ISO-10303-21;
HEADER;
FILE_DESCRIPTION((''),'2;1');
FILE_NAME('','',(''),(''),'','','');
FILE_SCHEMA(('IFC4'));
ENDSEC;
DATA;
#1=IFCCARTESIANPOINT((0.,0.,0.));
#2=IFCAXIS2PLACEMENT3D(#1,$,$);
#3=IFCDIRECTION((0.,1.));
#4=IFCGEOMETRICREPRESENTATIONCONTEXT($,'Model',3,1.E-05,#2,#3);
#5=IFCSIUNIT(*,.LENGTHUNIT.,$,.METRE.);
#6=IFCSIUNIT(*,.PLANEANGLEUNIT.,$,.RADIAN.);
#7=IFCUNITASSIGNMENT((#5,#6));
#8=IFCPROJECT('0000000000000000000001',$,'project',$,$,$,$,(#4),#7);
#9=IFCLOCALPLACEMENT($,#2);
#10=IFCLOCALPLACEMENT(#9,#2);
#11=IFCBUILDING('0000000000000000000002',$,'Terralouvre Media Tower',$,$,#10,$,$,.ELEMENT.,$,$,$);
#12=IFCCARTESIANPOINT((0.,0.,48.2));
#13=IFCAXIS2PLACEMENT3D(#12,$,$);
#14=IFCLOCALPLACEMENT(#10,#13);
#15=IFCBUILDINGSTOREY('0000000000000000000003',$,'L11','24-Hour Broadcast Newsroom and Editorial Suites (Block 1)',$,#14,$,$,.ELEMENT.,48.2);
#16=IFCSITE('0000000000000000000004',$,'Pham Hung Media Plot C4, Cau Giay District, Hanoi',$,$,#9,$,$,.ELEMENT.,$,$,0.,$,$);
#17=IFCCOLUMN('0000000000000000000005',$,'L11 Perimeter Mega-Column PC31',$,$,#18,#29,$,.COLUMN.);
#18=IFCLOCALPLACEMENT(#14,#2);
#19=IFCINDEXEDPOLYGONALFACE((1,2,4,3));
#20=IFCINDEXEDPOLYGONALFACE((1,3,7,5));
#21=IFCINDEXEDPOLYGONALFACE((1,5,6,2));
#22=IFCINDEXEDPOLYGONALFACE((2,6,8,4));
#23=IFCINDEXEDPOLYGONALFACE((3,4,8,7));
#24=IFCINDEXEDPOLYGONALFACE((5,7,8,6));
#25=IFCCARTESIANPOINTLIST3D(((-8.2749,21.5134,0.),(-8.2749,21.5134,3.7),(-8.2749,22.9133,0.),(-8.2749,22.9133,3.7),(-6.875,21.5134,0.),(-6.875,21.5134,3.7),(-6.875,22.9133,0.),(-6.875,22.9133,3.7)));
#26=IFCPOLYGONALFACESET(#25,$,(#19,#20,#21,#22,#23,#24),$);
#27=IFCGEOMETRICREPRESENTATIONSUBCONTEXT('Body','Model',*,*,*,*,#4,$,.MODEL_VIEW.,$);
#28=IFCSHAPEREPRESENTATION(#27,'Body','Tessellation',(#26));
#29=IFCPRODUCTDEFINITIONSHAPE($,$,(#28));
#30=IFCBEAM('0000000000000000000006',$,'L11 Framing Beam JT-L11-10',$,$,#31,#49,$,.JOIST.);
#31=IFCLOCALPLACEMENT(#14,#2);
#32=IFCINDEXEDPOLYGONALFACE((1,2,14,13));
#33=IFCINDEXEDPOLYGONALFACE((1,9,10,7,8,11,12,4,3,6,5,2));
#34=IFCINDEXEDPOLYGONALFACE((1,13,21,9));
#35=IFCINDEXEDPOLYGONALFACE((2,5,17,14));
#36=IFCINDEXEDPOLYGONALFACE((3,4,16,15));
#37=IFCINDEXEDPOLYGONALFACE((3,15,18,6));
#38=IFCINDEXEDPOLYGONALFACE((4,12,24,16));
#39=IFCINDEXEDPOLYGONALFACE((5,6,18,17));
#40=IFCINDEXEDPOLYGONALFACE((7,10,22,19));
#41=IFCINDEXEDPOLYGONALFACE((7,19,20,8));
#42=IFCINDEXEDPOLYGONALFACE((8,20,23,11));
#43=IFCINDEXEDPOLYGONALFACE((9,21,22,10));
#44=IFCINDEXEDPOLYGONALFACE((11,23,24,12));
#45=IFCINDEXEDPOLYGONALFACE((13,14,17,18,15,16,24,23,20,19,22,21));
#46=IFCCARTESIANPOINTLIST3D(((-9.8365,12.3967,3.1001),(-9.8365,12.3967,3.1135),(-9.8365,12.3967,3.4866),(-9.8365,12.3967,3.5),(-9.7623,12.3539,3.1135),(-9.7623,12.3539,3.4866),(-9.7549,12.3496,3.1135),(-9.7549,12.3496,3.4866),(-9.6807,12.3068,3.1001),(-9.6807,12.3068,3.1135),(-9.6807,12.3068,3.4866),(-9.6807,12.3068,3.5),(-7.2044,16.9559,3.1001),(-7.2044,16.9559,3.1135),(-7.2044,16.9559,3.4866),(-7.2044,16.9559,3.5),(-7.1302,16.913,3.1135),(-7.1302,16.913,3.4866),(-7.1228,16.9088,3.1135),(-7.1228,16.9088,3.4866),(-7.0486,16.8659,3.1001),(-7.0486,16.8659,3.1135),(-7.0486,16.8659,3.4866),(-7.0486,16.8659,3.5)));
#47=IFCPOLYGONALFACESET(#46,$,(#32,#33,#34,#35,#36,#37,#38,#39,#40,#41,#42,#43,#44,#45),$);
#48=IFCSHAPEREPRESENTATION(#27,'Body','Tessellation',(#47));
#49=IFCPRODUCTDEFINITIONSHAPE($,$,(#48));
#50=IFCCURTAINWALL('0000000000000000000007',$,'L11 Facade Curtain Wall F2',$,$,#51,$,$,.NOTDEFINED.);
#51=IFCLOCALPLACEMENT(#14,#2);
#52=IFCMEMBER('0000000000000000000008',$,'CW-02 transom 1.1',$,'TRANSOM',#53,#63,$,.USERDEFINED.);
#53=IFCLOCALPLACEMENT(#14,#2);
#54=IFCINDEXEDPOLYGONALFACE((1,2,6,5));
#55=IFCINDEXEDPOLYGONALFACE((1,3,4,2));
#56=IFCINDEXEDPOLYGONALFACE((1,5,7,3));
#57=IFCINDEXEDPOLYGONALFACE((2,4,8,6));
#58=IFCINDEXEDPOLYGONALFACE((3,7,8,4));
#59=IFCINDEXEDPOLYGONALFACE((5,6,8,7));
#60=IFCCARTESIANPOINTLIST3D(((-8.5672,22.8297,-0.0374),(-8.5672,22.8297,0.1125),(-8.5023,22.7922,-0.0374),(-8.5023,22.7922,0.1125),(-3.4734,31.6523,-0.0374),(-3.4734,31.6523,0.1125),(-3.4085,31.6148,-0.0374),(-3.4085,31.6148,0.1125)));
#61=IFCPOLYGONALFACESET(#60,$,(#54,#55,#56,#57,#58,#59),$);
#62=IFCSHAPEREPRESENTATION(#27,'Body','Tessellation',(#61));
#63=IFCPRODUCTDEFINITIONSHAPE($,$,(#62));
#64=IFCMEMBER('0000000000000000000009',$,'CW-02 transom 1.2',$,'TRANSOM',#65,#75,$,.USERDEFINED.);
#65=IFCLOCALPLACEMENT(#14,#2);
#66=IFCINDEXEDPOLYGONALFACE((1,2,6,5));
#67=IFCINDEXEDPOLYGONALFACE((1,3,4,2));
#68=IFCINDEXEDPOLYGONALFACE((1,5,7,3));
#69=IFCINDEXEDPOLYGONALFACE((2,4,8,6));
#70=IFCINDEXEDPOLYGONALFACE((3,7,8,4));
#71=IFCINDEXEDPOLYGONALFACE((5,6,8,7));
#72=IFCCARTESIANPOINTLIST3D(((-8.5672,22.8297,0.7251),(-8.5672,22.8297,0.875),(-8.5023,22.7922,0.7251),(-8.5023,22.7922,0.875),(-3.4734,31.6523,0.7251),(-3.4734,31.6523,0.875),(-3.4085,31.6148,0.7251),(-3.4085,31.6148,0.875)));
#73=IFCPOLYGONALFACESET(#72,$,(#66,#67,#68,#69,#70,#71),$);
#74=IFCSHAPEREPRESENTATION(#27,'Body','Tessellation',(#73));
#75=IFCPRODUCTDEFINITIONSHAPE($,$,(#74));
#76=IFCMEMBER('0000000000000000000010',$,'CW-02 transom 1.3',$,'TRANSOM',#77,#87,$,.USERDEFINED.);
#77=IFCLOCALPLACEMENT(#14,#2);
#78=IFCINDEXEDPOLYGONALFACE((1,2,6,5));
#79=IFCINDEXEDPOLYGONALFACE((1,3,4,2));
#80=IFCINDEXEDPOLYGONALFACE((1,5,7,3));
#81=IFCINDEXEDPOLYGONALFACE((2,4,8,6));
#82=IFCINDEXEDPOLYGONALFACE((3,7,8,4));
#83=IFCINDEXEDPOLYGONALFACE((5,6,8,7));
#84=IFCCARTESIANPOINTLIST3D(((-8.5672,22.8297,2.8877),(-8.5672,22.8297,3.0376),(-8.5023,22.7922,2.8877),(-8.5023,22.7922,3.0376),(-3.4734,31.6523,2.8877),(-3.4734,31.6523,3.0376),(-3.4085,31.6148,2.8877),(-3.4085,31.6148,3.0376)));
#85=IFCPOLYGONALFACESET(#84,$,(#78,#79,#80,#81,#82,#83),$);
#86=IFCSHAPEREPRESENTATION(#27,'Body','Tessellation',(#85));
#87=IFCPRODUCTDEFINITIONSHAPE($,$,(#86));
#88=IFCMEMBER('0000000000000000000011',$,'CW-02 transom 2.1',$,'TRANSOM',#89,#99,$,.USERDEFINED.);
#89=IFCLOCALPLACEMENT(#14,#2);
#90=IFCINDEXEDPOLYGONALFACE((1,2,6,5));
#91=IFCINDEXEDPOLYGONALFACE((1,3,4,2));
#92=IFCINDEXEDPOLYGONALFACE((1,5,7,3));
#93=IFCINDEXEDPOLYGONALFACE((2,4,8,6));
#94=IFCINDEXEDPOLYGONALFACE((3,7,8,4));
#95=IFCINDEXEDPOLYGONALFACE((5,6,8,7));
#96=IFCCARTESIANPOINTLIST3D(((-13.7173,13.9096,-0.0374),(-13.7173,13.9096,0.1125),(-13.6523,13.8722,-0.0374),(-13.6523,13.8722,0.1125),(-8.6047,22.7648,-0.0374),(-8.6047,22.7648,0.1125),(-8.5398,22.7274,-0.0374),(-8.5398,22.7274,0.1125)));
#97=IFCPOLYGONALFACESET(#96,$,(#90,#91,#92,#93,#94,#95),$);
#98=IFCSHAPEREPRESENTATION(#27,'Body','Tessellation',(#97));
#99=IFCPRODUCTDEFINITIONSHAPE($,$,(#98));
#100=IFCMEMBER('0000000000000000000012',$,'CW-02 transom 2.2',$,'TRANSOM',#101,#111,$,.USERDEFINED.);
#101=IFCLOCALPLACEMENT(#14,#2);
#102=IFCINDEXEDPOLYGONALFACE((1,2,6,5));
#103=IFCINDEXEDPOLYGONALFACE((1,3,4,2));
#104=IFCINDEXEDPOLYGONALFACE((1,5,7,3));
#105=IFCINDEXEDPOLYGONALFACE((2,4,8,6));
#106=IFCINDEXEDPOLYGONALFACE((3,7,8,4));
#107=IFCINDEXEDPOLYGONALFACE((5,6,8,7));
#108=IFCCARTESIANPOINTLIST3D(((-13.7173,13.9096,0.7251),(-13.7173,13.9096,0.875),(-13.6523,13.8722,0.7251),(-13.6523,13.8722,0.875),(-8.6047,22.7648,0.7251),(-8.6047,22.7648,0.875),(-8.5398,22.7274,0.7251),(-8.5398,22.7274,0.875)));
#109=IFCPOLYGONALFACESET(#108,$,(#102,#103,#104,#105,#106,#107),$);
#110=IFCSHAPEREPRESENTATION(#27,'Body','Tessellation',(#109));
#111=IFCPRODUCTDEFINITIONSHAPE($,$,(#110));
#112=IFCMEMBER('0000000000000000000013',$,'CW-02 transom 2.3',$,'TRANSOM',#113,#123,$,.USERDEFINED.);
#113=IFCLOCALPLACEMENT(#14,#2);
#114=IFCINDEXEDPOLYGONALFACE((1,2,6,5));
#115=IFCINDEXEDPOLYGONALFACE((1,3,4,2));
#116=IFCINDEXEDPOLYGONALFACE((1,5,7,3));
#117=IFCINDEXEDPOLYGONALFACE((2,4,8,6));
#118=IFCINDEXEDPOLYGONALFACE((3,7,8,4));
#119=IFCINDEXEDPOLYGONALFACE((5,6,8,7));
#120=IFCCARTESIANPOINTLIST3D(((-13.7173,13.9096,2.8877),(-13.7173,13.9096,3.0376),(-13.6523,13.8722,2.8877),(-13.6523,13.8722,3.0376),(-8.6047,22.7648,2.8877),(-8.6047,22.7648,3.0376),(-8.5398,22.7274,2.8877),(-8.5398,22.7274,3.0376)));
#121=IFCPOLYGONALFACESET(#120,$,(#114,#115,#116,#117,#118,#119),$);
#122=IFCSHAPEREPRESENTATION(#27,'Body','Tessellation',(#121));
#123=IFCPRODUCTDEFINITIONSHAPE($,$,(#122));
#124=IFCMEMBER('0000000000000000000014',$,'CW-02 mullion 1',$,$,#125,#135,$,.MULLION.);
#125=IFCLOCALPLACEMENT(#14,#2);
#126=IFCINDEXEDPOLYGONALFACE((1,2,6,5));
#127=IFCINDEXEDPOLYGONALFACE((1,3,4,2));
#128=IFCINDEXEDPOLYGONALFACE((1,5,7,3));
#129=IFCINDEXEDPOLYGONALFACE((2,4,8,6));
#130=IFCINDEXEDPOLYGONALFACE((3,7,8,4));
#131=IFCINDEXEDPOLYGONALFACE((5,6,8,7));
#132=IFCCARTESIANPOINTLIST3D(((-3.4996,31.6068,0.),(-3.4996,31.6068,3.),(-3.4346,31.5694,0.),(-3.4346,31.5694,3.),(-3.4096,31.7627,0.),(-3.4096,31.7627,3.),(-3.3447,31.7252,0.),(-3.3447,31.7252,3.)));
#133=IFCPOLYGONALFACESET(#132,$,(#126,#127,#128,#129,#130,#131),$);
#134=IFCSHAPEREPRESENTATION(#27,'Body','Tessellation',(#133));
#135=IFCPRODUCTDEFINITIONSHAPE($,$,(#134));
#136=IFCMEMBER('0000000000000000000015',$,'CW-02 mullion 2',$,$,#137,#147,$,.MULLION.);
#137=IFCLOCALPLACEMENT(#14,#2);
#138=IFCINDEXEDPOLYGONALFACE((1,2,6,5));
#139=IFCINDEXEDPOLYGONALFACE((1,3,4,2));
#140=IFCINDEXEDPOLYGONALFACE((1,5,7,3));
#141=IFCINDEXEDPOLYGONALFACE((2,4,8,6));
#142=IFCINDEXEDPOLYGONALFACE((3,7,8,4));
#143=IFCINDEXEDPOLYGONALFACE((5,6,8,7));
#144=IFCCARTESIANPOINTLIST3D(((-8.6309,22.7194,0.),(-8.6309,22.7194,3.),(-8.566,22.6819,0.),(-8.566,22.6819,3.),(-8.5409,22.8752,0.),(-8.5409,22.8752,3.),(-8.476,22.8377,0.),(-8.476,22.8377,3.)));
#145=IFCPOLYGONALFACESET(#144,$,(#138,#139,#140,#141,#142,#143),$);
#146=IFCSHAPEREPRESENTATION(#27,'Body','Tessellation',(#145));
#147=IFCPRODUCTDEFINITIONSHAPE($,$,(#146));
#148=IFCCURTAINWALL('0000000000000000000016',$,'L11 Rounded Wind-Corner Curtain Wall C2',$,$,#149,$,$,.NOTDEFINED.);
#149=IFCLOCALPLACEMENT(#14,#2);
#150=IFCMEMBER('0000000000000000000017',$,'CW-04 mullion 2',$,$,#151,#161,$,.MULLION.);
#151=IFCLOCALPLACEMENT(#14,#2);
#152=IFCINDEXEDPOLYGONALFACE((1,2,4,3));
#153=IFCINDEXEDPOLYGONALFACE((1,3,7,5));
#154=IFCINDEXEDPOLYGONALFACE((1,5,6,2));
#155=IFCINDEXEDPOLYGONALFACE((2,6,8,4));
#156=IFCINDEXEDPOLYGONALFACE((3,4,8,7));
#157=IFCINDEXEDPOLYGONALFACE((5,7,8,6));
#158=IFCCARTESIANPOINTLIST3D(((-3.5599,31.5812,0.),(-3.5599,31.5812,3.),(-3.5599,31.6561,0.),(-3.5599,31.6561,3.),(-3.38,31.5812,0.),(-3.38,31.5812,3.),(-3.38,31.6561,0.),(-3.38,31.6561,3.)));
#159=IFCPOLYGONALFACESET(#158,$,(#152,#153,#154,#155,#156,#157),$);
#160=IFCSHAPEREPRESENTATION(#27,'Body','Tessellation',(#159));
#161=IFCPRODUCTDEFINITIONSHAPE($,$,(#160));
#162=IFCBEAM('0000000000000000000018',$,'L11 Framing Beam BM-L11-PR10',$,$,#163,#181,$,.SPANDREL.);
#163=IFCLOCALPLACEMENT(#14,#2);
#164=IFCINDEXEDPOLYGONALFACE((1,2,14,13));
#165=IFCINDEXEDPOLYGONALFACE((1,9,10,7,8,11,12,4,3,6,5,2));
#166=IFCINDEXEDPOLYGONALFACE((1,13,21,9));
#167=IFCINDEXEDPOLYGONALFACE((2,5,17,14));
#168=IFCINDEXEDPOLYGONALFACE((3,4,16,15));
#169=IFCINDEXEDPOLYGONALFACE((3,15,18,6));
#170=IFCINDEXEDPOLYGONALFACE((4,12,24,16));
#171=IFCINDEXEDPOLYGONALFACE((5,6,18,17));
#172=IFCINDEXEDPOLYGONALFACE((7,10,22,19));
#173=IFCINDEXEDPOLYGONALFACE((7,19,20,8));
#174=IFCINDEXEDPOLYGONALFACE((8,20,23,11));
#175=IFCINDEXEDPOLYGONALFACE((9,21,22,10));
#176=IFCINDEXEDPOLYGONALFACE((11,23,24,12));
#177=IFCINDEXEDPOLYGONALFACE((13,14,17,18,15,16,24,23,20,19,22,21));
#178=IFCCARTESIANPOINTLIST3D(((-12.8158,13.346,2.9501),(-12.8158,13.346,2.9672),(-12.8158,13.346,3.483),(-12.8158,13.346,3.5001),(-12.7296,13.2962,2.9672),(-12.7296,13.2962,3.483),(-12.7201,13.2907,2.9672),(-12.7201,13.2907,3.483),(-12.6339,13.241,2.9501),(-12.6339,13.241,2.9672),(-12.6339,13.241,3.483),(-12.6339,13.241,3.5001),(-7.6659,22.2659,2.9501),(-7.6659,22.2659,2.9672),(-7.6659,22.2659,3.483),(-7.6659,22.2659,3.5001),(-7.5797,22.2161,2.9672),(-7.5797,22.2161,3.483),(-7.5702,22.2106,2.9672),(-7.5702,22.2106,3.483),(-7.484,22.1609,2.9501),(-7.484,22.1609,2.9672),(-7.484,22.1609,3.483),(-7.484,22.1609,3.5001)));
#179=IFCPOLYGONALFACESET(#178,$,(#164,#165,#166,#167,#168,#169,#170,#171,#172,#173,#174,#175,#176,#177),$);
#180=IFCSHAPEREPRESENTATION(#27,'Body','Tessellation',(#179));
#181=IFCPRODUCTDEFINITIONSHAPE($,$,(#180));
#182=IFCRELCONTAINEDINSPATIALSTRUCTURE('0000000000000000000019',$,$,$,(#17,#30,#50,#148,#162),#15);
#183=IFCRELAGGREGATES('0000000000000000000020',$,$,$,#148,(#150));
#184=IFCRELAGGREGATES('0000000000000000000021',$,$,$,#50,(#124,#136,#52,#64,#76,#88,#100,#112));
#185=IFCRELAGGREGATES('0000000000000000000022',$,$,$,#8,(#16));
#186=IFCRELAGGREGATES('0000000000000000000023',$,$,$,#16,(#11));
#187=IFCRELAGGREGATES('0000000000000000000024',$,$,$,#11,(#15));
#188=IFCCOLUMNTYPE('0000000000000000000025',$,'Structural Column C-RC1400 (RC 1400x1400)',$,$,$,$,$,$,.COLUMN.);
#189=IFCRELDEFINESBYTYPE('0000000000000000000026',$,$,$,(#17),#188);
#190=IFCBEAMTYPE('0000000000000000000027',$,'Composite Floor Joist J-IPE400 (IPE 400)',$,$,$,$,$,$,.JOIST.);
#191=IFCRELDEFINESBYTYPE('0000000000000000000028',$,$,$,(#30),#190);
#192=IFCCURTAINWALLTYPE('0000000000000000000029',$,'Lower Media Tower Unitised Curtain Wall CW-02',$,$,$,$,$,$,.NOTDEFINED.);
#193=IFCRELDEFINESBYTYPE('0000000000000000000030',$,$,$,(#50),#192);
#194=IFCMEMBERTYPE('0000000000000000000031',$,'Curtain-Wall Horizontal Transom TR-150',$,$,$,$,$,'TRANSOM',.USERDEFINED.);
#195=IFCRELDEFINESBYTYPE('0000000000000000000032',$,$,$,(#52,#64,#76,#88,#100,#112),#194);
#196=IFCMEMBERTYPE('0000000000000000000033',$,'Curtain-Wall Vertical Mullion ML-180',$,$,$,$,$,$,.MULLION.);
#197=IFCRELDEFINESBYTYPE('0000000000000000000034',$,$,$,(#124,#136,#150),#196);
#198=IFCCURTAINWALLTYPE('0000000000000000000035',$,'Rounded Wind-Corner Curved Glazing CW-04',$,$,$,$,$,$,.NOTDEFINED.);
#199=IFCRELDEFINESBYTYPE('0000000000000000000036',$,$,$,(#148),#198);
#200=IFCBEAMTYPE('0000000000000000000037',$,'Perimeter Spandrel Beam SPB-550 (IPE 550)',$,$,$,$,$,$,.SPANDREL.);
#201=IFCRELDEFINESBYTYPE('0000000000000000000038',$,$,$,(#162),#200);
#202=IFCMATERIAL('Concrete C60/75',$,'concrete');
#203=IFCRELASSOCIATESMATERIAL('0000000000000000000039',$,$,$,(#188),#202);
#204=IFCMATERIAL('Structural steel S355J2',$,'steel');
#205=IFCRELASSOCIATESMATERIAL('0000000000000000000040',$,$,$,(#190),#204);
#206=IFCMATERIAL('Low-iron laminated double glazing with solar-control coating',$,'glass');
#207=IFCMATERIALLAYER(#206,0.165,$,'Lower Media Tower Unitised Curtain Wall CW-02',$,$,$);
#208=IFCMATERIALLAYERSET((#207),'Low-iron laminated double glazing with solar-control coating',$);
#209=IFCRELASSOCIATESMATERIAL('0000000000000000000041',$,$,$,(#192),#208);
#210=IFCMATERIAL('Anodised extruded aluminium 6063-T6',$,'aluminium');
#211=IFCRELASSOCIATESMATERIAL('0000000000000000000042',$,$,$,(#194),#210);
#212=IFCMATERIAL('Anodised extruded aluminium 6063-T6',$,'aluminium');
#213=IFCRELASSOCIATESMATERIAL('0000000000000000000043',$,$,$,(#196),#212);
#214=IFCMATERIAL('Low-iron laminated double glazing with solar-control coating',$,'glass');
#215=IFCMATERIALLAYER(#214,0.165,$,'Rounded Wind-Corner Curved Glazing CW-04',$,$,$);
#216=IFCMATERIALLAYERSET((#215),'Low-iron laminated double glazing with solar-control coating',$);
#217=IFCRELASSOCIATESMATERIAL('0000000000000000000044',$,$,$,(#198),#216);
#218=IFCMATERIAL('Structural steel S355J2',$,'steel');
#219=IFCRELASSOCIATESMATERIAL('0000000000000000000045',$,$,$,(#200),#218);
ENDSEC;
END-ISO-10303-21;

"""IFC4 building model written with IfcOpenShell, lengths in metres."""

from ifc_helpers import new_model, si_unit, direction, frame, origin, origin_2d, place, context, subcontext, project, spatial, rectangle, i_section, extrude, material, layer, layer_set, material_profile, profile_set, type_object, element, aggregate, save


model = new_model("IFC4")

# Units and contexts
model_context = context("Model", 3, precision=1e-05, world=origin(), true_north=direction((0.0, 1.0)))
body_context = subcontext(model_context, "Body", "Model", "MODEL_VIEW")
ifc_project = project(units=[si_unit("LENGTHUNIT", "METRE"), si_unit("PLANEANGLEUNIT", "RADIAN")], contexts=[model_context])

# Site, building, storey
site_placement = place(None, origin())
site = spatial("IfcSite", under=ifc_project, at=site_placement, Name="Pham Hung Media Plot C4, Cau Giay District, Hanoi", CompositionType="ELEMENT", RefElevation=0.0)
building_placement = place(site_placement, origin())
building = spatial("IfcBuilding", under=site, at=building_placement, Name="Terralouvre Media Tower", CompositionType="ELEMENT")
storey_placement = place(building_placement, frame((0.0, 0.0, 48.2)))
storey = spatial("IfcBuildingStorey", under=building, at=storey_placement, Name="L11", Description="24-Hour Broadcast Newsroom and Editorial Suites (Block 1)", CompositionType="ELEMENT", Elevation=48.2)

# Column
ifc_material_1 = material(Name="Concrete C60/75", Category="concrete")
ifc_material_profile_1 = material_profile(ifc_material_1, rectangle(XDim=1.3999, YDim=1.3999, at=origin_2d()), Name="RC 1400x1400")
ifc_profile_set_1 = profile_set([ifc_material_profile_1], Name="Concrete C60/75")
column_type = type_object("IfcColumnType", Name="Structural Column C-RC1400 (RC 1400x1400)", PredefinedType="COLUMN", material=ifc_profile_set_1)
column_placement = place(storey_placement, frame((-7.575, 22.2134, 0.0), z_axis=(0.0, 0.0, 1.0), x_axis=(1.0, 0.0, 0.0)))
element("IfcColumn", 1, at=column_placement, inside=storey, type_object=column_type, Name="L11 Perimeter Mega-Column PC31", PredefinedType="COLUMN", context=body_context, shape_type="SweptSolid", body=[
    extrude(rectangle(XDim=1.3999, YDim=1.3999, at=origin_2d()), origin(), (0.0, 0.0, 1.0), 3.7),
])

# Beam
ifc_material_2 = material(Name="Structural steel S355J2", Category="steel")
ifc_material_profile_2 = material_profile(ifc_material_2, i_section(OverallWidth=0.1799, OverallDepth=0.3999, WebThickness=0.0085, FlangeThickness=0.0134, at=origin_2d()), Name="IPE 400")
ifc_profile_set_2 = profile_set([ifc_material_profile_2], Name="Structural steel S355J2")
beam_type_1 = type_object("IfcBeamType", Name="Composite Floor Joist J-IPE400 (IPE 400)", PredefinedType="JOIST", material=ifc_profile_set_2)
beam_1_placement = place(storey_placement, frame((-7.1265, 16.9109, 3.3), z_axis=(-0.499985, -0.866034, 0.0), x_axis=(0.866034, -0.499985, 0.0)))
element("IfcBeam", 2, at=beam_1_placement, inside=storey, type_object=beam_type_1, Name="L11 Framing Beam JT-L11-10", PredefinedType="JOIST", context=body_context, shape_type="SweptSolid", body=[
    extrude(i_section(OverallWidth=0.1799, OverallDepth=0.3999, WebThickness=0.0085, FlangeThickness=0.0134, at=origin_2d()), origin(), (0.0, 0.0, 1.0), 5.2644),
])

# Curtain wall, members
ifc_material_3 = material(Name="Low-iron laminated double glazing with solar-control coating", Category="glass")
ifc_layer_1 = layer(ifc_material_3, 0.165, Name="Lower Media Tower Unitised Curtain Wall CW-02")
ifc_layer_set_1 = layer_set([ifc_layer_1], Name="Low-iron laminated double glazing with solar-control coating")
curtain_wall_type_1 = type_object("IfcCurtainWallType", Name="Lower Media Tower Unitised Curtain Wall CW-02", PredefinedType="NOTDEFINED", material=ifc_layer_set_1)
curtain_wall_1_placement = place(storey_placement, origin())
curtain_wall_1 = element("IfcCurtainWall", 3, at=curtain_wall_1_placement, inside=storey, type_object=curtain_wall_type_1, Name="L11 Facade Curtain Wall F2", PredefinedType="NOTDEFINED")
ifc_material_4 = material(Name="Anodised extruded aluminium 6063-T6", Category="aluminium")
ifc_material_profile_3 = material_profile(ifc_material_4, rectangle(XDim=0.075, YDim=0.1499, at=origin_2d()), Name="ALU 75x150")
ifc_profile_set_3 = profile_set([ifc_material_profile_3], Name="Anodised extruded aluminium 6063-T6")
member_type_1 = type_object("IfcMemberType", Name="Curtain-Wall Horizontal Transom TR-150", ElementType="TRANSOM", PredefinedType="USERDEFINED", material=ifc_profile_set_3)
member_1_placement = place(storey_placement, frame((-3.4409, 31.6335, 0.0376), z_axis=(-0.500005, -0.866022, 0.0), x_axis=(0.866022, -0.500005, 0.0)))
member_1 = element("IfcMember", 4, at=member_1_placement, type_object=member_type_1, Name="CW-02 transom 1.1", ObjectType="TRANSOM", PredefinedType="USERDEFINED", context=body_context, shape_type="SweptSolid", body=[
    extrude(rectangle(XDim=0.075, YDim=0.1499, at=origin_2d()), origin(), (0.0, 0.0, 1.0), 10.1875),
])
member_2_placement = place(storey_placement, frame((-3.4409, 31.6335, 0.8), z_axis=(-0.500005, -0.866022, 0.0), x_axis=(0.866022, -0.500005, 0.0)))
member_2 = element("IfcMember", 5, at=member_2_placement, type_object=member_type_1, Name="CW-02 transom 1.2", ObjectType="TRANSOM", PredefinedType="USERDEFINED", context=body_context, shape_type="SweptSolid", body=[
    extrude(rectangle(XDim=0.075, YDim=0.1499, at=origin_2d()), origin(), (0.0, 0.0, 1.0), 10.1875),
])
member_3_placement = place(storey_placement, frame((-3.4409, 31.6335, 2.9626), z_axis=(-0.500005, -0.866022, 0.0), x_axis=(0.866022, -0.500005, 0.0)))
member_3 = element("IfcMember", 6, at=member_3_placement, type_object=member_type_1, Name="CW-02 transom 1.3", ObjectType="TRANSOM", PredefinedType="USERDEFINED", context=body_context, shape_type="SweptSolid", body=[
    extrude(rectangle(XDim=0.075, YDim=0.1499, at=origin_2d()), origin(), (0.0, 0.0, 1.0), 10.1875),
])
member_4_placement = place(storey_placement, frame((-8.5723, 22.7461, 0.0376), z_axis=(-0.499999, -0.866026, 0.0), x_axis=(0.866026, -0.499999, 0.0)))
member_4 = element("IfcMember", 7, at=member_4_placement, type_object=member_type_1, Name="CW-02 transom 2.1", ObjectType="TRANSOM", PredefinedType="USERDEFINED", context=body_context, shape_type="SweptSolid", body=[
    extrude(rectangle(XDim=0.075, YDim=0.1499, at=origin_2d()), origin(), (0.0, 0.0, 1.0), 10.2251),
])
member_5_placement = place(storey_placement, frame((-8.5723, 22.7461, 0.8), z_axis=(-0.499999, -0.866026, 0.0), x_axis=(0.866026, -0.499999, 0.0)))
member_5 = element("IfcMember", 8, at=member_5_placement, type_object=member_type_1, Name="CW-02 transom 2.2", ObjectType="TRANSOM", PredefinedType="USERDEFINED", context=body_context, shape_type="SweptSolid", body=[
    extrude(rectangle(XDim=0.075, YDim=0.1499, at=origin_2d()), origin(), (0.0, 0.0, 1.0), 10.2251),
])
member_6_placement = place(storey_placement, frame((-8.5723, 22.7461, 2.9626), z_axis=(-0.499999, -0.866026, 0.0), x_axis=(0.866026, -0.499999, 0.0)))
member_6 = element("IfcMember", 9, at=member_6_placement, type_object=member_type_1, Name="CW-02 transom 2.3", ObjectType="TRANSOM", PredefinedType="USERDEFINED", context=body_context, shape_type="SweptSolid", body=[
    extrude(rectangle(XDim=0.075, YDim=0.1499, at=origin_2d()), origin(), (0.0, 0.0, 1.0), 10.2251),
])
ifc_material_5 = material(Name="Anodised extruded aluminium 6063-T6", Category="aluminium")
ifc_material_profile_4 = material_profile(ifc_material_5, rectangle(XDim=0.075, YDim=0.1799, at=origin_2d()), Name="ALU 75x180")
ifc_profile_set_4 = profile_set([ifc_material_profile_4], Name="Anodised extruded aluminium 6063-T6")
member_type_2 = type_object("IfcMemberType", Name="Curtain-Wall Vertical Mullion ML-180", PredefinedType="MULLION", material=ifc_profile_set_4)
member_7_placement = place(storey_placement, frame((-3.4221, 31.666, 0.0), z_axis=(0.0, 0.0, 1.0), x_axis=(0.866025, -0.5, 0.0)))
member_7 = element("IfcMember", 10, at=member_7_placement, type_object=member_type_2, Name="CW-02 mullion 1", PredefinedType="MULLION", context=body_context, shape_type="SweptSolid", body=[
    extrude(rectangle(XDim=0.075, YDim=0.1799, at=origin_2d()), origin(), (0.0, 0.0, 1.0), 3.0),
])
member_8_placement = place(storey_placement, frame((-8.5535, 22.7786, 0.0), z_axis=(0.0, 0.0, 1.0), x_axis=(0.866025, -0.5, 0.0)))
member_8 = element("IfcMember", 11, at=member_8_placement, type_object=member_type_2, Name="CW-02 mullion 2", PredefinedType="MULLION", context=body_context, shape_type="SweptSolid", body=[
    extrude(rectangle(XDim=0.075, YDim=0.1799, at=origin_2d()), origin(), (0.0, 0.0, 1.0), 3.0),
])

# Curtain wall, member
ifc_material_6 = material(Name="Low-iron laminated double glazing with solar-control coating", Category="glass")
ifc_layer_2 = layer(ifc_material_6, 0.165, Name="Rounded Wind-Corner Curved Glazing CW-04")
ifc_layer_set_2 = layer_set([ifc_layer_2], Name="Low-iron laminated double glazing with solar-control coating")
curtain_wall_type_2 = type_object("IfcCurtainWallType", Name="Rounded Wind-Corner Curved Glazing CW-04", PredefinedType="NOTDEFINED", material=ifc_layer_set_2)
curtain_wall_2_placement = place(storey_placement, origin())
curtain_wall_2 = element("IfcCurtainWall", 12, at=curtain_wall_2_placement, inside=storey, type_object=curtain_wall_type_2, Name="L11 Rounded Wind-Corner Curtain Wall C2", PredefinedType="NOTDEFINED")
member_9_placement = place(storey_placement, frame((-3.47, 31.6187, 0.0), z_axis=(0.0, 0.0, 1.0), x_axis=(0.0, -1.0, 0.0)))
member_9 = element("IfcMember", 13, at=member_9_placement, type_object=member_type_2, Name="CW-04 mullion 2", PredefinedType="MULLION", context=body_context, shape_type="SweptSolid", body=[
    extrude(rectangle(XDim=0.075, YDim=0.1799, at=origin_2d()), origin(), (0.0, 0.0, 1.0), 3.0),
])

# Beam
ifc_material_7 = material(Name="Structural steel S355J2", Category="steel")
ifc_material_profile_5 = material_profile(ifc_material_7, i_section(OverallWidth=0.21, OverallDepth=0.55, WebThickness=0.011, FlangeThickness=0.0171, at=origin_2d()), Name="IPE 550")
ifc_profile_set_5 = profile_set([ifc_material_profile_5], Name="Structural steel S355J2")
beam_type_2 = type_object("IfcBeamType", Name="Perimeter Spandrel Beam SPB-550 (IPE 550)", PredefinedType="SPANDREL", material=ifc_profile_set_5)
beam_2_placement = place(storey_placement, frame((-7.575, 22.2134, 3.2251), z_axis=(-0.499999, -0.866026, 0.0), x_axis=(0.866026, -0.499999, 0.0)))
element("IfcBeam", 14, at=beam_2_placement, inside=storey, type_object=beam_type_2, Name="L11 Framing Beam BM-L11-PR10", PredefinedType="SPANDREL", context=body_context, shape_type="SweptSolid", body=[
    extrude(i_section(OverallWidth=0.21, OverallDepth=0.55, WebThickness=0.011, FlangeThickness=0.0171, at=origin_2d()), origin(), (0.0, 0.0, 1.0), 10.2998),
])

aggregate(curtain_wall_2, [member_9])
aggregate(curtain_wall_1, [member_7, member_8, member_1, member_2, member_3, member_4, member_5, member_6])

save(model, "model.ifc")
